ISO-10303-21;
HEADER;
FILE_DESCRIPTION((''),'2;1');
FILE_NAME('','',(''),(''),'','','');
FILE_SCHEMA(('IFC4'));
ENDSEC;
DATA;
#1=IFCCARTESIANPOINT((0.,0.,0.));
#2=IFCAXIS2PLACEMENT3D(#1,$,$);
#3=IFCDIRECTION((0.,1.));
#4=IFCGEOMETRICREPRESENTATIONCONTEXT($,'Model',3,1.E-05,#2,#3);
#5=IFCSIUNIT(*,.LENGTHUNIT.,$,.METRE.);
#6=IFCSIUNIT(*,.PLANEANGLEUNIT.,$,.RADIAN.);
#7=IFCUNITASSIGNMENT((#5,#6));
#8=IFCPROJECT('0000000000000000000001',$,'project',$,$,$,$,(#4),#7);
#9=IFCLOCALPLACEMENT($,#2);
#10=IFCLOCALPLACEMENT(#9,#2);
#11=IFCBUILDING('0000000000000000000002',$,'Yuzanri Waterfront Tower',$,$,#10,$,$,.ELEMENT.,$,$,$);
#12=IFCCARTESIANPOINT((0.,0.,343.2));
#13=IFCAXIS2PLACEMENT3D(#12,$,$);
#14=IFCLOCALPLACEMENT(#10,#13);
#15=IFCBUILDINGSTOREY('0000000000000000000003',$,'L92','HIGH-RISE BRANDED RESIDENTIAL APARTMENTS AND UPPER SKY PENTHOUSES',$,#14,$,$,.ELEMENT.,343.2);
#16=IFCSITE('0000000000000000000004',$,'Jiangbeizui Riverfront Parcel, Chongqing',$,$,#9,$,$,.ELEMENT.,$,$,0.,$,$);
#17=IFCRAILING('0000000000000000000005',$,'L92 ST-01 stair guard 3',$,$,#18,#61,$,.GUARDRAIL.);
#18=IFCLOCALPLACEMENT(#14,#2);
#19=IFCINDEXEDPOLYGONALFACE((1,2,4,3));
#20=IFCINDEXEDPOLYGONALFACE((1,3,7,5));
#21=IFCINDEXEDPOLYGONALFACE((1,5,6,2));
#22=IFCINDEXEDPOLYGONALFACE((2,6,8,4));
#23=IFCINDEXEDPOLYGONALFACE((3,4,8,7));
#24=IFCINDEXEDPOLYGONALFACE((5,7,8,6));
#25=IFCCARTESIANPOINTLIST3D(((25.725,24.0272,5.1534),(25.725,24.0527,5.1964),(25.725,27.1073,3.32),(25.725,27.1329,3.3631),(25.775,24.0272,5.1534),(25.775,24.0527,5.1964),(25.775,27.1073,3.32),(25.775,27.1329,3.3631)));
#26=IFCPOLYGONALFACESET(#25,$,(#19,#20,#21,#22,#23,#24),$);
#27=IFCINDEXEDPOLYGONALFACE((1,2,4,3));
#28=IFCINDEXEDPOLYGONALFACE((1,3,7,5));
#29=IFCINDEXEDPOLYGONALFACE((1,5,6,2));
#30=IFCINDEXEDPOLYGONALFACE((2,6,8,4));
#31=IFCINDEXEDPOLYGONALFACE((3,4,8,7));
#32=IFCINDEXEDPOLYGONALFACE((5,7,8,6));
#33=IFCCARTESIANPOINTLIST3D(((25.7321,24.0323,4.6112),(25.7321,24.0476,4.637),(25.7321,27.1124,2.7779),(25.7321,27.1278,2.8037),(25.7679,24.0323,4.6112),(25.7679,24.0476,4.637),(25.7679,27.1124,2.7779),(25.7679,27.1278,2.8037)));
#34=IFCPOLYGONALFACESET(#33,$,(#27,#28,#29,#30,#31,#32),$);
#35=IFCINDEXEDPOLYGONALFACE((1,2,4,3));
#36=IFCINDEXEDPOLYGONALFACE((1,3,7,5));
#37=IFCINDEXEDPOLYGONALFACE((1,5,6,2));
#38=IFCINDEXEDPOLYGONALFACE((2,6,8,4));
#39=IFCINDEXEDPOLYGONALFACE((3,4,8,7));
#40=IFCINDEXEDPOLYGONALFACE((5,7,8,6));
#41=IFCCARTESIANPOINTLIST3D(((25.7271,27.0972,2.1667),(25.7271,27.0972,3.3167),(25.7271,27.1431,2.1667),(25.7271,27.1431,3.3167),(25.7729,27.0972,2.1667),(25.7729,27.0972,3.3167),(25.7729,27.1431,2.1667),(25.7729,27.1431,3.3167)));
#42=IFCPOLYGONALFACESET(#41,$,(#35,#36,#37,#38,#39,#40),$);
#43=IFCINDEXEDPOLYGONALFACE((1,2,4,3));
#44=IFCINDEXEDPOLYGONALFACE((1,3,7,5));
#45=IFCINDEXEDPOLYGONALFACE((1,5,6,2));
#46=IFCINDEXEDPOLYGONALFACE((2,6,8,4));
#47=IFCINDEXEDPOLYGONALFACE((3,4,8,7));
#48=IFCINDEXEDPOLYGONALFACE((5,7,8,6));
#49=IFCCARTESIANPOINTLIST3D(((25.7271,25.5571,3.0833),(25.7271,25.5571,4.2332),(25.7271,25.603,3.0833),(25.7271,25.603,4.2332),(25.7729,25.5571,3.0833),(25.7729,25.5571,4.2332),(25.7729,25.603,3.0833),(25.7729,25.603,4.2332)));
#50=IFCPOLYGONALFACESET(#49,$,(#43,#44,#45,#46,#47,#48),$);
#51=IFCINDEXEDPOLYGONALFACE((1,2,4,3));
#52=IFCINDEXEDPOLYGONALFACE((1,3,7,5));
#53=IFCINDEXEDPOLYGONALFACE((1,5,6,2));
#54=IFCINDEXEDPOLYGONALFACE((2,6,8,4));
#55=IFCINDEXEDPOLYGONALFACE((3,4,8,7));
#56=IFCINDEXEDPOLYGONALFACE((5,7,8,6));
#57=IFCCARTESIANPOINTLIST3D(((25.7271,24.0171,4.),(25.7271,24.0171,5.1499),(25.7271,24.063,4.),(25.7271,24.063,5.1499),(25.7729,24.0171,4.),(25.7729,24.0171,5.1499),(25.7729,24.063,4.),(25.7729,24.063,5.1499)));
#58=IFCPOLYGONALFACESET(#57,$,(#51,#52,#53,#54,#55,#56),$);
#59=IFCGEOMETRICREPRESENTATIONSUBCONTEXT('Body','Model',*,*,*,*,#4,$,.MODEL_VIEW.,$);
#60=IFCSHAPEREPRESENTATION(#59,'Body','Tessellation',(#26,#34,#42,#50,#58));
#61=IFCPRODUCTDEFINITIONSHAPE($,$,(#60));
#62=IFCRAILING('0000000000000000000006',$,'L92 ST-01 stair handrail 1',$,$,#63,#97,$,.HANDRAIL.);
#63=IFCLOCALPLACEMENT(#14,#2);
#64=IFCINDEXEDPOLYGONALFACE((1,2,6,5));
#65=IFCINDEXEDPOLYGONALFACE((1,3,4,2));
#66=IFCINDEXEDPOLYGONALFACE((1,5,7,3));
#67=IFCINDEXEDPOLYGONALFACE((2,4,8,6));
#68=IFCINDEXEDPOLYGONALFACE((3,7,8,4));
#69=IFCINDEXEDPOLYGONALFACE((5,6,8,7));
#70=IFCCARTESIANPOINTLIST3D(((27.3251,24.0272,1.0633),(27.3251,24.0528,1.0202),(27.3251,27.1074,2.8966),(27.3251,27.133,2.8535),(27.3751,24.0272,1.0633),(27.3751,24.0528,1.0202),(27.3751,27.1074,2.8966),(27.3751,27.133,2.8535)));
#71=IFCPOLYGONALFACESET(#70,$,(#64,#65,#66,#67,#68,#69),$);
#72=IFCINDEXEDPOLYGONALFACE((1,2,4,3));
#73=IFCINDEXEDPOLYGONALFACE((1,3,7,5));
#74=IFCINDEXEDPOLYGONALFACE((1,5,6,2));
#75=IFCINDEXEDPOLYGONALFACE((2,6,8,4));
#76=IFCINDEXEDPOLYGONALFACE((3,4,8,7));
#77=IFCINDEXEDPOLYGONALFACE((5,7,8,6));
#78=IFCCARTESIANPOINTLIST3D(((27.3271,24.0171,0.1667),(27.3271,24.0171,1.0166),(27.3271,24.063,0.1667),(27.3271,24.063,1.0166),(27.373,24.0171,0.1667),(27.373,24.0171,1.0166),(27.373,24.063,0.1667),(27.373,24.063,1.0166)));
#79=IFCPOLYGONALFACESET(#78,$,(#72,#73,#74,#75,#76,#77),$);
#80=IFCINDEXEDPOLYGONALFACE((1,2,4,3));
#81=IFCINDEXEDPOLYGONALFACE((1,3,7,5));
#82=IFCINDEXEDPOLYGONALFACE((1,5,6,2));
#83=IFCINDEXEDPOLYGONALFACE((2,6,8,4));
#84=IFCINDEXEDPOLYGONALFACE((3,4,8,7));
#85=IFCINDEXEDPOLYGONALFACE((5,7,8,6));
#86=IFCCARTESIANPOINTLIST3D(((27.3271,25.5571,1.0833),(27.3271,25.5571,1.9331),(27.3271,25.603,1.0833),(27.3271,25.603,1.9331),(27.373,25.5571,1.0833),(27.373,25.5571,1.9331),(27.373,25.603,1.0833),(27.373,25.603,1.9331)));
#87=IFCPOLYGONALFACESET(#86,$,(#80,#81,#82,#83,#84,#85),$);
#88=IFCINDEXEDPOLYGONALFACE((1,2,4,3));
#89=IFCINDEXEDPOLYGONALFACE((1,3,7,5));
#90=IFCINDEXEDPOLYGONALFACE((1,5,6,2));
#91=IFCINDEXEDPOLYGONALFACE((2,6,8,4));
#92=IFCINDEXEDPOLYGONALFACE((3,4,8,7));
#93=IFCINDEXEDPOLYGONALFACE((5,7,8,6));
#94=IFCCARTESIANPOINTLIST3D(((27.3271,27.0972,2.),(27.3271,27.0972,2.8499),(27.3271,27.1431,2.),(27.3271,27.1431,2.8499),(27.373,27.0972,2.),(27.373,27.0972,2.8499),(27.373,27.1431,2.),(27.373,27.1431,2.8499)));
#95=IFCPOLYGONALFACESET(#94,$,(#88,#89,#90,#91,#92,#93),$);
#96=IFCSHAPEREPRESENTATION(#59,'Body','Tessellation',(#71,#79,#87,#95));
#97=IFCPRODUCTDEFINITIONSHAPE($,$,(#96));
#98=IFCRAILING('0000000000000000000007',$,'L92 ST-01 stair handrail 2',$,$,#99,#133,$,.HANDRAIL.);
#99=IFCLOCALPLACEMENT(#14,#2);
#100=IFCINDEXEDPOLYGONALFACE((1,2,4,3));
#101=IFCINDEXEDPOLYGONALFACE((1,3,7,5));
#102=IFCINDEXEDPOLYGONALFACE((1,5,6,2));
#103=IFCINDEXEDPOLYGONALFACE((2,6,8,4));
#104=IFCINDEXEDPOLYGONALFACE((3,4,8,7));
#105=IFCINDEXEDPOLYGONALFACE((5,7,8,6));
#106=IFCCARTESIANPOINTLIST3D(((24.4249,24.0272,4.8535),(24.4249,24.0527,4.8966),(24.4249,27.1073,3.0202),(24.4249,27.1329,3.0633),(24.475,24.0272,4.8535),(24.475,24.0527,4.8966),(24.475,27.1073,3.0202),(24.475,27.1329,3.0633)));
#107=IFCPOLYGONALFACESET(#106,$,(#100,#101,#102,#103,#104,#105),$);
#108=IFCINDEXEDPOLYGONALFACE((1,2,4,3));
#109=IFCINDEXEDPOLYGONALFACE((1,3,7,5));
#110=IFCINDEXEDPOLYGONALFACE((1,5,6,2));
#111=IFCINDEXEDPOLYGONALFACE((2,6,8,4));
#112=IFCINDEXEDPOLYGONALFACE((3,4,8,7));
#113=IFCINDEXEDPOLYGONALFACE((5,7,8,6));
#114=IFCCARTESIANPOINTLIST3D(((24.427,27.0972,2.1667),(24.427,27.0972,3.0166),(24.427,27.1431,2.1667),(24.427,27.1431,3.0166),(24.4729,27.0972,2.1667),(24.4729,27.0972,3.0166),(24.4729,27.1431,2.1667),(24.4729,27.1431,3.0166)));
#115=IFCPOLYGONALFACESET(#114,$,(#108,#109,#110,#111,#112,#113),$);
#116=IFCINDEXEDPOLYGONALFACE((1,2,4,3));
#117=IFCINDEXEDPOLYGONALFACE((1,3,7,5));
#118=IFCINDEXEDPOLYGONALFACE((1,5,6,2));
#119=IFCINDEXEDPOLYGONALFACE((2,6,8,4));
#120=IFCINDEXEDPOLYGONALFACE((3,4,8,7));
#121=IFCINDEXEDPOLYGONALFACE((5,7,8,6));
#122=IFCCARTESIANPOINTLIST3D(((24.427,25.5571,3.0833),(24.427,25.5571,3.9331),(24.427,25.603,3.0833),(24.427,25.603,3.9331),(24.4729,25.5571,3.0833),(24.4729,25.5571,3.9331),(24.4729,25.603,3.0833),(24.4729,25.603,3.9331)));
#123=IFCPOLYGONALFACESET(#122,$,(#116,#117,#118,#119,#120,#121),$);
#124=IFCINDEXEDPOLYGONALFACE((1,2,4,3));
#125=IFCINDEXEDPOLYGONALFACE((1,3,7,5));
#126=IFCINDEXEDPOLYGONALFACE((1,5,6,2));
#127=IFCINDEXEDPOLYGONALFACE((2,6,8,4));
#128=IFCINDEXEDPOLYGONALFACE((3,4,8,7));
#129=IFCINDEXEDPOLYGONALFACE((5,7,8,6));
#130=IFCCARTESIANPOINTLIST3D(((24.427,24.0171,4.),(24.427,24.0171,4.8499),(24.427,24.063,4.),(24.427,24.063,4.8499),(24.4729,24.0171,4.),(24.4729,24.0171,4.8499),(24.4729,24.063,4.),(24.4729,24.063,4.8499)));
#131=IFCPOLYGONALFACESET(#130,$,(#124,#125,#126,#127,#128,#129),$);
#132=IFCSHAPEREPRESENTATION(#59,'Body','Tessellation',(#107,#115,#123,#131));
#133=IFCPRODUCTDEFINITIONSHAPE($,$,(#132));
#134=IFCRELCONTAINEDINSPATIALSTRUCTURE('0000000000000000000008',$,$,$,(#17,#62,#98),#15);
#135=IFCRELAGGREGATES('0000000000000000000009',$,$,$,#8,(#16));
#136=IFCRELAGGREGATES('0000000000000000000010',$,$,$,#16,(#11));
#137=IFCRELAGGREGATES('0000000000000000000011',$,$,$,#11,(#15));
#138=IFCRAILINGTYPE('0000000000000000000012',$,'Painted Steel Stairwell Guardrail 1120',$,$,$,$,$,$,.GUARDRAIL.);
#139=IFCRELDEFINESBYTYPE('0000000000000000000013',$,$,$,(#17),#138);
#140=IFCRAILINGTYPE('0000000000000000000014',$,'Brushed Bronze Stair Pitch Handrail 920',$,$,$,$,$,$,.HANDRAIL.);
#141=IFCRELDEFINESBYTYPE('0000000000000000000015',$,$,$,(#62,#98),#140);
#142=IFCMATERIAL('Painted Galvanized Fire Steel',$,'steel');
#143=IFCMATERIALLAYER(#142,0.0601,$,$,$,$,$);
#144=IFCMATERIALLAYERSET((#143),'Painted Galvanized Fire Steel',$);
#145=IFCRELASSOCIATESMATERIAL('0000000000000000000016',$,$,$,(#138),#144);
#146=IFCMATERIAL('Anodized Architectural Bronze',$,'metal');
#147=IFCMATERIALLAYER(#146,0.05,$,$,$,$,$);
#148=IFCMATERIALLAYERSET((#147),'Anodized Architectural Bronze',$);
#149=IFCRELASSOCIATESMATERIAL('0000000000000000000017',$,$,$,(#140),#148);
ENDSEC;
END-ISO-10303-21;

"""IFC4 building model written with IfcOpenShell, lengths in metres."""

from ifc_helpers import new_model, si_unit, direction, frame, origin, origin_2d, place, context, subcontext, project, spatial, rectangle, extrude, source, transform, mapped, material, layer, layer_set, type_object, element, save


model = new_model("IFC4")

# Units and contexts
model_context = context("Model", 3, precision=1e-05, world=origin(), true_north=direction((0.0, 1.0)))
body_context = subcontext(model_context, "Body", "Model", "MODEL_VIEW")
ifc_project = project(units=[si_unit("LENGTHUNIT", "METRE"), si_unit("PLANEANGLEUNIT", "RADIAN")], contexts=[model_context])

# Site, building, storey
site_placement = place(None, origin())
site = spatial("IfcSite", under=ifc_project, at=site_placement, Name="Jiangbeizui Riverfront Parcel, Chongqing", CompositionType="ELEMENT", RefElevation=0.0)
building_placement = place(site_placement, origin())
building = spatial("IfcBuilding", under=site, at=building_placement, Name="Yuzanri Waterfront Tower", CompositionType="ELEMENT")
storey_placement = place(building_placement, frame((0.0, 0.0, 343.2)))
storey = spatial("IfcBuildingStorey", under=building, at=storey_placement, Name="L92", Description="HIGH-RISE BRANDED RESIDENTIAL APARTMENTS AND UPPER SKY PENTHOUSES", CompositionType="ELEMENT", Elevation=343.2)

# Railings
ifc_material_1 = material(Name="Painted Galvanized Fire Steel", Category="steel")
ifc_layer_1 = layer(ifc_material_1, 0.0601)
ifc_layer_set_1 = layer_set([ifc_layer_1], Name="Painted Galvanized Fire Steel")
railing_type_1 = type_object("IfcRailingType", Name="Painted Steel Stairwell Guardrail 1120", PredefinedType="GUARDRAIL", material=ifc_layer_set_1)
shared_shape_1 = source(origin(), body_context, "Body", "SweptSolid", [
    extrude(rectangle(XDim=0.05, YDim=0.05, at=origin_2d()), frame((0.0, 0.0, 1.1748), z_axis=(0.0, -0.859309, 0.511458), x_axis=(1.0, 0.0, 0.0)), (0.0, 0.0, 1.0), 3.5845),
    extrude(rectangle(XDim=0.0359, YDim=0.03, at=origin_2d()), frame((0.0, 0.0, 0.624), z_axis=(0.0, -0.859309, 0.511458), x_axis=(1.0, 0.0, 0.0)), (0.0, 0.0, 1.0), 3.5845),
    extrude(rectangle(XDim=0.0459, YDim=0.0459, at=origin_2d()), origin(), (0.0, 0.0, 1.0), 1.1499),
    extrude(rectangle(XDim=0.0459, YDim=0.0459, at=origin_2d()), frame((0.0, -1.54, 0.9165)), (0.0, 0.0, 1.0), 1.1499),
    extrude(rectangle(XDim=0.0459, YDim=0.0459, at=origin_2d()), frame((0.0, -3.0801, 1.8333)), (0.0, 0.0, 1.0), 1.1499),
])
railing_1_placement = place(storey_placement, frame((25.75, 27.1201, 2.1667)))
element("IfcRailing", 1, at=railing_1_placement, inside=storey, type_object=railing_type_1, Name="L92 ST-01 stair guard 3", PredefinedType="GUARDRAIL", context=body_context, shape_type="MappedRepresentation", body=[
    mapped(shared_shape_1, transform((0.0, 0.0, 0.0), scale=1.0)),
])
ifc_material_2 = material(Name="Anodized Architectural Bronze", Category="metal")
ifc_layer_2 = layer(ifc_material_2, 0.05)
ifc_layer_set_2 = layer_set([ifc_layer_2], Name="Anodized Architectural Bronze")
railing_type_2 = type_object("IfcRailingType", Name="Brushed Bronze Stair Pitch Handrail 920", PredefinedType="HANDRAIL", material=ifc_layer_set_2)
shared_shape_2 = source(origin(), body_context, "Body", "SweptSolid", [
    extrude(rectangle(XDim=0.05, YDim=0.05, at=origin_2d()), frame((0.0, 0.0, 0.875), z_axis=(0.0, 0.859309, 0.511458), x_axis=(-1.0, 0.0, 0.0)), (0.0, 0.0, 1.0), 3.5845),
    extrude(rectangle(XDim=0.0459, YDim=0.0459, at=origin_2d()), origin(), (0.0, 0.0, 1.0), 0.8499),
    extrude(rectangle(XDim=0.0459, YDim=0.0459, at=origin_2d()), frame((0.0, 1.54, 0.9165)), (0.0, 0.0, 1.0), 0.8499),
    extrude(rectangle(XDim=0.0459, YDim=0.0459, at=origin_2d()), frame((0.0, 3.0801, 1.8333)), (0.0, 0.0, 1.0), 0.8499),
])
railing_2_placement = place(storey_placement, frame((27.3501, 24.04, 0.1667)))
element("IfcRailing", 2, at=railing_2_placement, inside=storey, type_object=railing_type_2, Name="L92 ST-01 stair handrail 1", PredefinedType="HANDRAIL", context=body_context, shape_type="MappedRepresentation", body=[
    mapped(shared_shape_2, transform((0.0, 0.0, 0.0), scale=1.0)),
])
shared_shape_3 = source(origin(), body_context, "Body", "SweptSolid", [
    extrude(rectangle(XDim=0.05, YDim=0.05, at=origin_2d()), frame((0.0, 0.0, 0.875), z_axis=(0.0, -0.859309, 0.511458), x_axis=(1.0, 0.0, 0.0)), (0.0, 0.0, 1.0), 3.5845),
    extrude(rectangle(XDim=0.0459, YDim=0.0459, at=origin_2d()), origin(), (0.0, 0.0, 1.0), 0.8499),
    extrude(rectangle(XDim=0.0459, YDim=0.0459, at=origin_2d()), frame((0.0, -1.54, 0.9165)), (0.0, 0.0, 1.0), 0.8499),
    extrude(rectangle(XDim=0.0459, YDim=0.0459, at=origin_2d()), frame((0.0, -3.0801, 1.8333)), (0.0, 0.0, 1.0), 0.8499),
])
railing_3_placement = place(storey_placement, frame((24.45, 27.1201, 2.1667)))
element("IfcRailing", 3, at=railing_3_placement, inside=storey, type_object=railing_type_2, Name="L92 ST-01 stair handrail 2", PredefinedType="HANDRAIL", context=body_context, shape_type="MappedRepresentation", body=[
    mapped(shared_shape_3, transform((0.0, 0.0, 0.0), scale=1.0)),
])

save(model, "model.ifc")
